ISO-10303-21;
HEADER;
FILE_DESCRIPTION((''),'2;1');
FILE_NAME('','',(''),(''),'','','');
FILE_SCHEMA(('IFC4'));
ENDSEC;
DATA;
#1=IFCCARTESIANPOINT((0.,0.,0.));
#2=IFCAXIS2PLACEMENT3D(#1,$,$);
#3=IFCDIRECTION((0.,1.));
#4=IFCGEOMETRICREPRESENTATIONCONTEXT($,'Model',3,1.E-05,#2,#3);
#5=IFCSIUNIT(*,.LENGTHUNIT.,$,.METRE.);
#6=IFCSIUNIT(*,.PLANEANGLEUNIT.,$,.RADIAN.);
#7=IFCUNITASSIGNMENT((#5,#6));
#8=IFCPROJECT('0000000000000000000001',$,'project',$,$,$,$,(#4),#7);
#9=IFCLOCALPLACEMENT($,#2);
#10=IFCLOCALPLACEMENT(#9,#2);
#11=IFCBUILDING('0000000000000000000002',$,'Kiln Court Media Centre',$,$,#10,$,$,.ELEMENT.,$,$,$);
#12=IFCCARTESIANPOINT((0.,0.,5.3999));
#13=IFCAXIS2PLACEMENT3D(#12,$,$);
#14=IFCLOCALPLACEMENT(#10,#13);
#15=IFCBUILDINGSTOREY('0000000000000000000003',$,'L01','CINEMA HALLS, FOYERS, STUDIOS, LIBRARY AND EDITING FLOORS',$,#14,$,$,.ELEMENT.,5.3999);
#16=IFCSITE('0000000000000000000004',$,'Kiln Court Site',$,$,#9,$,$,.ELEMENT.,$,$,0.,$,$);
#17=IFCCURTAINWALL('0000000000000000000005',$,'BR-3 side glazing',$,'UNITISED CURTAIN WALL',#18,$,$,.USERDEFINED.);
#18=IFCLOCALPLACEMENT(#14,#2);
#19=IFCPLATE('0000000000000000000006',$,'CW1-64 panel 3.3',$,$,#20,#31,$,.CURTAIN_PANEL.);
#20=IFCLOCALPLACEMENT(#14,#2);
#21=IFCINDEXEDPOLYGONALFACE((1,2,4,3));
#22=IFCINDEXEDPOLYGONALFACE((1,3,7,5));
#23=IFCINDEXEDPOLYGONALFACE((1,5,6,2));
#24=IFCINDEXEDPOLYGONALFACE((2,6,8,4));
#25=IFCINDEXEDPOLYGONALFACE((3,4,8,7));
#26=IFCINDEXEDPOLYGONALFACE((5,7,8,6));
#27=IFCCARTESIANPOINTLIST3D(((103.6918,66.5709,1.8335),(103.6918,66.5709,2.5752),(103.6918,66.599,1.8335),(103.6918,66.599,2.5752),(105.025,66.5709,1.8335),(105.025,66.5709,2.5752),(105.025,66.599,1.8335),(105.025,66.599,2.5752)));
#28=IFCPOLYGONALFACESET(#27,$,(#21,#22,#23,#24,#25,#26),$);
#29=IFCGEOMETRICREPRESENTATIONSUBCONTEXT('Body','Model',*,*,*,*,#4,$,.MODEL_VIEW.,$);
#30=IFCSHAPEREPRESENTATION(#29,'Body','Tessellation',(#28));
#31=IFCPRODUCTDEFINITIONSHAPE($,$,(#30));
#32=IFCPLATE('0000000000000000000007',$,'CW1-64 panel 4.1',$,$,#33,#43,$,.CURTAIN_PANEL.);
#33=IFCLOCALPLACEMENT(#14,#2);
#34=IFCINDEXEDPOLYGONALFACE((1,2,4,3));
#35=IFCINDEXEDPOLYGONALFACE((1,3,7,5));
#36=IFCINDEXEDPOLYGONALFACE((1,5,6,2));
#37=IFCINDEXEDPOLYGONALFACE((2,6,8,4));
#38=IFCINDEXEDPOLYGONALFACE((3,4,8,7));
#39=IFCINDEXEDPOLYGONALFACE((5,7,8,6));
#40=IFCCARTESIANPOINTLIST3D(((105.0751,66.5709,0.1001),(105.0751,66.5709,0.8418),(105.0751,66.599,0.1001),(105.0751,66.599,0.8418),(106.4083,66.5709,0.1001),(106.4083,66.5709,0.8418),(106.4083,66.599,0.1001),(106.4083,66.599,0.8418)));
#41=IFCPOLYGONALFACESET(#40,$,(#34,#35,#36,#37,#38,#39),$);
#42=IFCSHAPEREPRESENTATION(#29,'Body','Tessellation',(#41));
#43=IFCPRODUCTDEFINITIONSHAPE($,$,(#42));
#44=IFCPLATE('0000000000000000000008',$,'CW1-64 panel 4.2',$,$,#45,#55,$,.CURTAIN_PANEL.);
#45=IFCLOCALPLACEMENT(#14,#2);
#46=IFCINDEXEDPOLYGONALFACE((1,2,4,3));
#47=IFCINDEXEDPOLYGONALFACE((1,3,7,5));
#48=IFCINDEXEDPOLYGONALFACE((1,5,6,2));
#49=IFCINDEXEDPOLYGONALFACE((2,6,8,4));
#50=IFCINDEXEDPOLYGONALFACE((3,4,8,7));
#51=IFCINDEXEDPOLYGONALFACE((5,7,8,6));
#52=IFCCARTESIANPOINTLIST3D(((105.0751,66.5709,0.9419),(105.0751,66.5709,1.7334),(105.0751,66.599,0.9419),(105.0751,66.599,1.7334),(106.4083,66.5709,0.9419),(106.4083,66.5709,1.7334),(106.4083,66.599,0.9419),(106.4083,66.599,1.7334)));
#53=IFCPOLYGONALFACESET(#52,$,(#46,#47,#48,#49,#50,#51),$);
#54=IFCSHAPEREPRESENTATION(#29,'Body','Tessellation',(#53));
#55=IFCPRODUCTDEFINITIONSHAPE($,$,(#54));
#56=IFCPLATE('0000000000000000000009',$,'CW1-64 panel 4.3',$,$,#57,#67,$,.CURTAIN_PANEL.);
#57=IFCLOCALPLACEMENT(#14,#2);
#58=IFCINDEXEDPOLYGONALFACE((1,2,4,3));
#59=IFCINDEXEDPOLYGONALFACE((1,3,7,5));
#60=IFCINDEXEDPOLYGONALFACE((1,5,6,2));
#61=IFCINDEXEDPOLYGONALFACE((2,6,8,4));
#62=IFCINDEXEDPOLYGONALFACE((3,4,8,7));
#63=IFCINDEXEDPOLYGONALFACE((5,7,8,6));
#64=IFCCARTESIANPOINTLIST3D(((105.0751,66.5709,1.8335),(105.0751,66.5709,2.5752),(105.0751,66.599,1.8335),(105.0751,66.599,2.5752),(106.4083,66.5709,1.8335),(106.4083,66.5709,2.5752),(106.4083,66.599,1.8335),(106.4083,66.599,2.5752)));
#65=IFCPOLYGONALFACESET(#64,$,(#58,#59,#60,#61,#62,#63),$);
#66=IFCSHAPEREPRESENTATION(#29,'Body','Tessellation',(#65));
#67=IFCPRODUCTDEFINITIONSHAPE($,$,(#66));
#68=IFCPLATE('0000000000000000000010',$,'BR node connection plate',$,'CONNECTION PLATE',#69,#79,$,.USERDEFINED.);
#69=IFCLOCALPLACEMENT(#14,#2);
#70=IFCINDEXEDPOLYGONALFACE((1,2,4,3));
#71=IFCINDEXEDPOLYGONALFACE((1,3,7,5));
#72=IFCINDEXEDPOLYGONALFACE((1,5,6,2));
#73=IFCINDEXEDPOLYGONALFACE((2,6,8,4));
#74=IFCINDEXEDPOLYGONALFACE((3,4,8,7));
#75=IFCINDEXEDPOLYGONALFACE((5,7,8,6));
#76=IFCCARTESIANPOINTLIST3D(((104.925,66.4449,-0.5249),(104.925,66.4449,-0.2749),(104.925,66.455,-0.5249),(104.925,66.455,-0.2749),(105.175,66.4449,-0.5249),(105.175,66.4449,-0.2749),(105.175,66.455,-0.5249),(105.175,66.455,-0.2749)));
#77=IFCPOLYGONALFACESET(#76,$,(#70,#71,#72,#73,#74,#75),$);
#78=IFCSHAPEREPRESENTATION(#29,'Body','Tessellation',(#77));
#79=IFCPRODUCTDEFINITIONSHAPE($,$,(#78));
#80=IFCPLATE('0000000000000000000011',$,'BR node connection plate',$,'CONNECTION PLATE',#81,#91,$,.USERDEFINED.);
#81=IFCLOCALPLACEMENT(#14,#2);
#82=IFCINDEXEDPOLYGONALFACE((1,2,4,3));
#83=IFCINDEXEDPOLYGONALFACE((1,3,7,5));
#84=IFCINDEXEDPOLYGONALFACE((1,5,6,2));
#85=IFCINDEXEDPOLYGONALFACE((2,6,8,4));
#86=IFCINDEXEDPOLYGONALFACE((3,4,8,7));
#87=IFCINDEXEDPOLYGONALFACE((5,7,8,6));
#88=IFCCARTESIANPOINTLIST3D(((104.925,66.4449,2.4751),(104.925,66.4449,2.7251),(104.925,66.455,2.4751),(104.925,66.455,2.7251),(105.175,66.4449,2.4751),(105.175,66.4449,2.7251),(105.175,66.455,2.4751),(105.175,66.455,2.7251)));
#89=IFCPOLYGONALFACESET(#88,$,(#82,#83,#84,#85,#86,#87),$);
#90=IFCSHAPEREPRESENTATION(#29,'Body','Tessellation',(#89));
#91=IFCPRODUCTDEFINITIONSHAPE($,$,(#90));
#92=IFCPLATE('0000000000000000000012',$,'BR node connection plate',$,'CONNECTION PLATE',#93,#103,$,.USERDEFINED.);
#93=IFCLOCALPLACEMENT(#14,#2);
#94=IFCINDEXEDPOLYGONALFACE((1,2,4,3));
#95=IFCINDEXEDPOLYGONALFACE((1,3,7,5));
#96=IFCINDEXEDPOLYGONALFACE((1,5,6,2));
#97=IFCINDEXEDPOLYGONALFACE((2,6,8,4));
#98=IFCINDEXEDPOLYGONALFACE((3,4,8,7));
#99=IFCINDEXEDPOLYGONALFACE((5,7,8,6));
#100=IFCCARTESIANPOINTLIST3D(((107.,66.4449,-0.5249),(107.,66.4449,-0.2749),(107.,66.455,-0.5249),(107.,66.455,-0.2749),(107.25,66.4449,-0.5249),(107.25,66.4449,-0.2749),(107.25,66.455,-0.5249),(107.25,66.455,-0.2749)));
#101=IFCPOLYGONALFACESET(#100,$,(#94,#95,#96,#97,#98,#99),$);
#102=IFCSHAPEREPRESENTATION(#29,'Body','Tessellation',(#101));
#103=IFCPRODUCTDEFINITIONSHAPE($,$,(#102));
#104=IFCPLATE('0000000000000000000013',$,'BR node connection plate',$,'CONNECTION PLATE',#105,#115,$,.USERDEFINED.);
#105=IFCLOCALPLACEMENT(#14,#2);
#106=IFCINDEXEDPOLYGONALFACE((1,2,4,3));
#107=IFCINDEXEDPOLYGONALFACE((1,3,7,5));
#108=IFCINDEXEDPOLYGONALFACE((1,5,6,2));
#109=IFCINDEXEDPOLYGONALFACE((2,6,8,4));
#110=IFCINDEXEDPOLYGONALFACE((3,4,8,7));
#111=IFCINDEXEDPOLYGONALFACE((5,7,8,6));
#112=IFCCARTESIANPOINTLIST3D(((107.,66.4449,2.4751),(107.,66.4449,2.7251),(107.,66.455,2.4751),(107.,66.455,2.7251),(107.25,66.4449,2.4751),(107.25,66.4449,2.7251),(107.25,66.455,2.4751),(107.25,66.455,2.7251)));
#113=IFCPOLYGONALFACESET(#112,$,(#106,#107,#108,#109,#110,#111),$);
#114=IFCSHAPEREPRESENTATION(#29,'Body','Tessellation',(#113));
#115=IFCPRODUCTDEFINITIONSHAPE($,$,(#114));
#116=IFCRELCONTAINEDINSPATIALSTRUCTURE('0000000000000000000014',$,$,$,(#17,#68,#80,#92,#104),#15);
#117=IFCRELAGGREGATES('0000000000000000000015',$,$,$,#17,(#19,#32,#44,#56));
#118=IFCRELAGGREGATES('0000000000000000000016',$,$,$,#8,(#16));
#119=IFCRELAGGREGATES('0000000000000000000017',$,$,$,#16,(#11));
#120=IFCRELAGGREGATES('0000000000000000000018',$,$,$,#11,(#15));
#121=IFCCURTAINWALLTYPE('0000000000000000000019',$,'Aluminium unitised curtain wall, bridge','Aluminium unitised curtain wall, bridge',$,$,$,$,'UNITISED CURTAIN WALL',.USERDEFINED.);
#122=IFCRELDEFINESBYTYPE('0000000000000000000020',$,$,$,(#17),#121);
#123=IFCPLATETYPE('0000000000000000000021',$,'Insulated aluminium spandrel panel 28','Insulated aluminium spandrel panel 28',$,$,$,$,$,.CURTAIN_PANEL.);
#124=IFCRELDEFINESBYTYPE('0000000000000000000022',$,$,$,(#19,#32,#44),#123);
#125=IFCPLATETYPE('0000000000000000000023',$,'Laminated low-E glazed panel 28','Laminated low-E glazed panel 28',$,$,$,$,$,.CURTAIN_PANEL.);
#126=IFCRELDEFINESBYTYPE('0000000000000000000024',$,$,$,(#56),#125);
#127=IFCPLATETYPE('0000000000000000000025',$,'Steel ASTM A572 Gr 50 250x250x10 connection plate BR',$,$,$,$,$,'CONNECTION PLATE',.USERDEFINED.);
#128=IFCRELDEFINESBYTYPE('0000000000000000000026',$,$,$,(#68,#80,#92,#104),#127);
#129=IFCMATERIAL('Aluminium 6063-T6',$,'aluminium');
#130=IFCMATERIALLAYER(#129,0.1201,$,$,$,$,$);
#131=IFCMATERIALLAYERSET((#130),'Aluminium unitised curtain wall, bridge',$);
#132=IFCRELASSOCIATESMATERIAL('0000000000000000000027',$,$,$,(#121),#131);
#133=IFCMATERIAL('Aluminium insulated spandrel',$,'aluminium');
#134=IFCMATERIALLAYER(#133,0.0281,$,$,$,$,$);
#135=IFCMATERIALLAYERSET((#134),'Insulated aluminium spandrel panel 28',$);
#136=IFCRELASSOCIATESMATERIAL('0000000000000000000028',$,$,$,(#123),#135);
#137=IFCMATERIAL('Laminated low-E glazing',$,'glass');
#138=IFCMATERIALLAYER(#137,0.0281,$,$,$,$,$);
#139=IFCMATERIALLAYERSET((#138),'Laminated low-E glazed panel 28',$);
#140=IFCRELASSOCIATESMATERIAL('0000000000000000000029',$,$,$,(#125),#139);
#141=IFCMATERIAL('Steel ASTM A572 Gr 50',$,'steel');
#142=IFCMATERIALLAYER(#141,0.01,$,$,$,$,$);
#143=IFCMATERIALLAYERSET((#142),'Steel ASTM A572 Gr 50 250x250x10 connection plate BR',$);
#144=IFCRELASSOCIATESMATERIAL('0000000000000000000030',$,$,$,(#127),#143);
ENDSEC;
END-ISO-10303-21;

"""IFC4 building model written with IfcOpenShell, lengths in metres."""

from ifc_helpers import new_model, si_unit, direction, frame, origin, origin_2d, place, context, subcontext, project, spatial, rectangle, extrude, material, layer, layer_set, type_object, element, aggregate, save


model = new_model("IFC4")

# Units and contexts
model_context = context("Model", 3, precision=1e-05, world=origin(), true_north=direction((0.0, 1.0)))
body_context = subcontext(model_context, "Body", "Model", "MODEL_VIEW")
ifc_project = project(units=[si_unit("LENGTHUNIT", "METRE"), si_unit("PLANEANGLEUNIT", "RADIAN")], contexts=[model_context])

# Site, building, storey
site_placement = place(None, origin())
site = spatial("IfcSite", under=ifc_project, at=site_placement, Name="Kiln Court Site", CompositionType="ELEMENT", RefElevation=0.0)
building_placement = place(site_placement, origin())
building = spatial("IfcBuilding", under=site, at=building_placement, Name="Kiln Court Media Centre", CompositionType="ELEMENT")
storey_placement = place(building_placement, frame((0.0, 0.0, 5.3999)))
storey = spatial("IfcBuildingStorey", under=building, at=storey_placement, Name="L01", Description="CINEMA HALLS, FOYERS, STUDIOS, LIBRARY AND EDITING FLOORS", CompositionType="ELEMENT", Elevation=5.3999)

# Curtain wall
ifc_material_1 = material(Name="Aluminium 6063-T6", Category="aluminium")
ifc_layer_1 = layer(ifc_material_1, 0.1201)
ifc_layer_set_1 = layer_set([ifc_layer_1], Name="Aluminium unitised curtain wall, bridge")
curtain_wall_type = type_object("IfcCurtainWallType", Name="Aluminium unitised curtain wall, bridge", Description="Aluminium unitised curtain wall, bridge", ElementType="UNITISED CURTAIN WALL", PredefinedType="USERDEFINED", material=ifc_layer_set_1)
curtain_wall_placement = place(storey_placement, origin())
curtain_wall = element("IfcCurtainWall", 1, at=curtain_wall_placement, inside=storey, type_object=curtain_wall_type, Name="BR-3 side glazing", ObjectType="UNITISED CURTAIN WALL", PredefinedType="USERDEFINED")

# Plates
ifc_material_2 = material(Name="Aluminium insulated spandrel", Category="aluminium")
ifc_layer_2 = layer(ifc_material_2, 0.0281)
ifc_layer_set_2 = layer_set([ifc_layer_2], Name="Insulated aluminium spandrel panel 28")
plate_type_1 = type_object("IfcPlateType", Name="Insulated aluminium spandrel panel 28", Description="Insulated aluminium spandrel panel 28", PredefinedType="CURTAIN_PANEL", material=ifc_layer_set_2)
plate_1_placement = place(storey_placement, frame((104.3584, 66.585, 1.8335), z_axis=(0.0, 0.0, 1.0), x_axis=(1.0, 0.0, 0.0)))
plate_1 = element("IfcPlate", 2, at=plate_1_placement, type_object=plate_type_1, Name="CW1-64 panel 3.3", PredefinedType="CURTAIN_PANEL", context=body_context, shape_type="SweptSolid", body=[
    extrude(rectangle(XDim=1.3333, YDim=0.0281, at=origin_2d()), origin(), (0.0, 0.0, 1.0), 0.7417),
])
plate_2_placement = place(storey_placement, frame((105.7417, 66.585, 0.1001), z_axis=(0.0, 0.0, 1.0), x_axis=(1.0, 0.0, 0.0)))
plate_2 = element("IfcPlate", 3, at=plate_2_placement, type_object=plate_type_1, Name="CW1-64 panel 4.1", PredefinedType="CURTAIN_PANEL", context=body_context, shape_type="SweptSolid", body=[
    extrude(rectangle(XDim=1.3333, YDim=0.0281, at=origin_2d()), origin(), (0.0, 0.0, 1.0), 0.7417),
])
plate_3_placement = place(storey_placement, frame((105.7417, 66.585, 0.9419), z_axis=(0.0, 0.0, 1.0), x_axis=(1.0, 0.0, 0.0)))
plate_3 = element("IfcPlate", 4, at=plate_3_placement, type_object=plate_type_1, Name="CW1-64 panel 4.2", PredefinedType="CURTAIN_PANEL", context=body_context, shape_type="SweptSolid", body=[
    extrude(rectangle(XDim=1.3333, YDim=0.0281, at=origin_2d()), origin(), (0.0, 0.0, 1.0), 0.7915),
])
ifc_material_3 = material(Name="Laminated low-E glazing", Category="glass")
ifc_layer_3 = layer(ifc_material_3, 0.0281)
ifc_layer_set_3 = layer_set([ifc_layer_3], Name="Laminated low-E glazed panel 28")
plate_type_2 = type_object("IfcPlateType", Name="Laminated low-E glazed panel 28", Description="Laminated low-E glazed panel 28", PredefinedType="CURTAIN_PANEL", material=ifc_layer_set_3)
plate_4_placement = place(storey_placement, frame((105.7417, 66.585, 1.8335), z_axis=(0.0, 0.0, 1.0), x_axis=(1.0, 0.0, 0.0)))
plate_4 = element("IfcPlate", 5, at=plate_4_placement, type_object=plate_type_2, Name="CW1-64 panel 4.3", PredefinedType="CURTAIN_PANEL", context=body_context, shape_type="SweptSolid", body=[
    extrude(rectangle(XDim=1.3333, YDim=0.0281, at=origin_2d()), origin(), (0.0, 0.0, 1.0), 0.7417),
])
aggregate(curtain_wall, [plate_1, plate_2, plate_3, plate_4])

# Plates
ifc_material_4 = material(Name="Steel ASTM A572 Gr 50", Category="steel")
ifc_layer_4 = layer(ifc_material_4, 0.01)
ifc_layer_set_4 = layer_set([ifc_layer_4], Name="Steel ASTM A572 Gr 50 250x250x10 connection plate BR")
plate_type_3 = type_object("IfcPlateType", Name="Steel ASTM A572 Gr 50 250x250x10 connection plate BR", ElementType="CONNECTION PLATE", PredefinedType="USERDEFINED", material=ifc_layer_set_4)
for number, where, z_axis, x_axis, name in (
    (6, (105.05, 66.45, -0.5249), (0.0, 0.0, 1.0), (1.0, 0.0, 0.0), "BR node connection plate"),
    (7, (105.05, 66.45, 2.4751), (0.0, 0.0, 1.0), (1.0, 0.0, 0.0), "BR node connection plate"),
    (8, (107.125, 66.45, -0.5249), (0.0, 0.0, 1.0), (1.0, 0.0, 0.0), "BR node connection plate"),
    (9, (107.125, 66.45, 2.4751), (0.0, 0.0, 1.0), (1.0, 0.0, 0.0), "BR node connection plate"),
):
    element("IfcPlate", number, at=place(storey_placement, frame(where, z_axis=z_axis, x_axis=x_axis)), inside=storey, type_object=plate_type_3, Name=name, ObjectType="CONNECTION PLATE", PredefinedType="USERDEFINED", context=body_context, shape_type="SweptSolid", body=[
        extrude(rectangle(XDim=0.25, YDim=0.01, at=origin_2d()), origin(), (0.0, 0.0, 1.0), 0.25),
    ])

save(model, "model.ifc")
